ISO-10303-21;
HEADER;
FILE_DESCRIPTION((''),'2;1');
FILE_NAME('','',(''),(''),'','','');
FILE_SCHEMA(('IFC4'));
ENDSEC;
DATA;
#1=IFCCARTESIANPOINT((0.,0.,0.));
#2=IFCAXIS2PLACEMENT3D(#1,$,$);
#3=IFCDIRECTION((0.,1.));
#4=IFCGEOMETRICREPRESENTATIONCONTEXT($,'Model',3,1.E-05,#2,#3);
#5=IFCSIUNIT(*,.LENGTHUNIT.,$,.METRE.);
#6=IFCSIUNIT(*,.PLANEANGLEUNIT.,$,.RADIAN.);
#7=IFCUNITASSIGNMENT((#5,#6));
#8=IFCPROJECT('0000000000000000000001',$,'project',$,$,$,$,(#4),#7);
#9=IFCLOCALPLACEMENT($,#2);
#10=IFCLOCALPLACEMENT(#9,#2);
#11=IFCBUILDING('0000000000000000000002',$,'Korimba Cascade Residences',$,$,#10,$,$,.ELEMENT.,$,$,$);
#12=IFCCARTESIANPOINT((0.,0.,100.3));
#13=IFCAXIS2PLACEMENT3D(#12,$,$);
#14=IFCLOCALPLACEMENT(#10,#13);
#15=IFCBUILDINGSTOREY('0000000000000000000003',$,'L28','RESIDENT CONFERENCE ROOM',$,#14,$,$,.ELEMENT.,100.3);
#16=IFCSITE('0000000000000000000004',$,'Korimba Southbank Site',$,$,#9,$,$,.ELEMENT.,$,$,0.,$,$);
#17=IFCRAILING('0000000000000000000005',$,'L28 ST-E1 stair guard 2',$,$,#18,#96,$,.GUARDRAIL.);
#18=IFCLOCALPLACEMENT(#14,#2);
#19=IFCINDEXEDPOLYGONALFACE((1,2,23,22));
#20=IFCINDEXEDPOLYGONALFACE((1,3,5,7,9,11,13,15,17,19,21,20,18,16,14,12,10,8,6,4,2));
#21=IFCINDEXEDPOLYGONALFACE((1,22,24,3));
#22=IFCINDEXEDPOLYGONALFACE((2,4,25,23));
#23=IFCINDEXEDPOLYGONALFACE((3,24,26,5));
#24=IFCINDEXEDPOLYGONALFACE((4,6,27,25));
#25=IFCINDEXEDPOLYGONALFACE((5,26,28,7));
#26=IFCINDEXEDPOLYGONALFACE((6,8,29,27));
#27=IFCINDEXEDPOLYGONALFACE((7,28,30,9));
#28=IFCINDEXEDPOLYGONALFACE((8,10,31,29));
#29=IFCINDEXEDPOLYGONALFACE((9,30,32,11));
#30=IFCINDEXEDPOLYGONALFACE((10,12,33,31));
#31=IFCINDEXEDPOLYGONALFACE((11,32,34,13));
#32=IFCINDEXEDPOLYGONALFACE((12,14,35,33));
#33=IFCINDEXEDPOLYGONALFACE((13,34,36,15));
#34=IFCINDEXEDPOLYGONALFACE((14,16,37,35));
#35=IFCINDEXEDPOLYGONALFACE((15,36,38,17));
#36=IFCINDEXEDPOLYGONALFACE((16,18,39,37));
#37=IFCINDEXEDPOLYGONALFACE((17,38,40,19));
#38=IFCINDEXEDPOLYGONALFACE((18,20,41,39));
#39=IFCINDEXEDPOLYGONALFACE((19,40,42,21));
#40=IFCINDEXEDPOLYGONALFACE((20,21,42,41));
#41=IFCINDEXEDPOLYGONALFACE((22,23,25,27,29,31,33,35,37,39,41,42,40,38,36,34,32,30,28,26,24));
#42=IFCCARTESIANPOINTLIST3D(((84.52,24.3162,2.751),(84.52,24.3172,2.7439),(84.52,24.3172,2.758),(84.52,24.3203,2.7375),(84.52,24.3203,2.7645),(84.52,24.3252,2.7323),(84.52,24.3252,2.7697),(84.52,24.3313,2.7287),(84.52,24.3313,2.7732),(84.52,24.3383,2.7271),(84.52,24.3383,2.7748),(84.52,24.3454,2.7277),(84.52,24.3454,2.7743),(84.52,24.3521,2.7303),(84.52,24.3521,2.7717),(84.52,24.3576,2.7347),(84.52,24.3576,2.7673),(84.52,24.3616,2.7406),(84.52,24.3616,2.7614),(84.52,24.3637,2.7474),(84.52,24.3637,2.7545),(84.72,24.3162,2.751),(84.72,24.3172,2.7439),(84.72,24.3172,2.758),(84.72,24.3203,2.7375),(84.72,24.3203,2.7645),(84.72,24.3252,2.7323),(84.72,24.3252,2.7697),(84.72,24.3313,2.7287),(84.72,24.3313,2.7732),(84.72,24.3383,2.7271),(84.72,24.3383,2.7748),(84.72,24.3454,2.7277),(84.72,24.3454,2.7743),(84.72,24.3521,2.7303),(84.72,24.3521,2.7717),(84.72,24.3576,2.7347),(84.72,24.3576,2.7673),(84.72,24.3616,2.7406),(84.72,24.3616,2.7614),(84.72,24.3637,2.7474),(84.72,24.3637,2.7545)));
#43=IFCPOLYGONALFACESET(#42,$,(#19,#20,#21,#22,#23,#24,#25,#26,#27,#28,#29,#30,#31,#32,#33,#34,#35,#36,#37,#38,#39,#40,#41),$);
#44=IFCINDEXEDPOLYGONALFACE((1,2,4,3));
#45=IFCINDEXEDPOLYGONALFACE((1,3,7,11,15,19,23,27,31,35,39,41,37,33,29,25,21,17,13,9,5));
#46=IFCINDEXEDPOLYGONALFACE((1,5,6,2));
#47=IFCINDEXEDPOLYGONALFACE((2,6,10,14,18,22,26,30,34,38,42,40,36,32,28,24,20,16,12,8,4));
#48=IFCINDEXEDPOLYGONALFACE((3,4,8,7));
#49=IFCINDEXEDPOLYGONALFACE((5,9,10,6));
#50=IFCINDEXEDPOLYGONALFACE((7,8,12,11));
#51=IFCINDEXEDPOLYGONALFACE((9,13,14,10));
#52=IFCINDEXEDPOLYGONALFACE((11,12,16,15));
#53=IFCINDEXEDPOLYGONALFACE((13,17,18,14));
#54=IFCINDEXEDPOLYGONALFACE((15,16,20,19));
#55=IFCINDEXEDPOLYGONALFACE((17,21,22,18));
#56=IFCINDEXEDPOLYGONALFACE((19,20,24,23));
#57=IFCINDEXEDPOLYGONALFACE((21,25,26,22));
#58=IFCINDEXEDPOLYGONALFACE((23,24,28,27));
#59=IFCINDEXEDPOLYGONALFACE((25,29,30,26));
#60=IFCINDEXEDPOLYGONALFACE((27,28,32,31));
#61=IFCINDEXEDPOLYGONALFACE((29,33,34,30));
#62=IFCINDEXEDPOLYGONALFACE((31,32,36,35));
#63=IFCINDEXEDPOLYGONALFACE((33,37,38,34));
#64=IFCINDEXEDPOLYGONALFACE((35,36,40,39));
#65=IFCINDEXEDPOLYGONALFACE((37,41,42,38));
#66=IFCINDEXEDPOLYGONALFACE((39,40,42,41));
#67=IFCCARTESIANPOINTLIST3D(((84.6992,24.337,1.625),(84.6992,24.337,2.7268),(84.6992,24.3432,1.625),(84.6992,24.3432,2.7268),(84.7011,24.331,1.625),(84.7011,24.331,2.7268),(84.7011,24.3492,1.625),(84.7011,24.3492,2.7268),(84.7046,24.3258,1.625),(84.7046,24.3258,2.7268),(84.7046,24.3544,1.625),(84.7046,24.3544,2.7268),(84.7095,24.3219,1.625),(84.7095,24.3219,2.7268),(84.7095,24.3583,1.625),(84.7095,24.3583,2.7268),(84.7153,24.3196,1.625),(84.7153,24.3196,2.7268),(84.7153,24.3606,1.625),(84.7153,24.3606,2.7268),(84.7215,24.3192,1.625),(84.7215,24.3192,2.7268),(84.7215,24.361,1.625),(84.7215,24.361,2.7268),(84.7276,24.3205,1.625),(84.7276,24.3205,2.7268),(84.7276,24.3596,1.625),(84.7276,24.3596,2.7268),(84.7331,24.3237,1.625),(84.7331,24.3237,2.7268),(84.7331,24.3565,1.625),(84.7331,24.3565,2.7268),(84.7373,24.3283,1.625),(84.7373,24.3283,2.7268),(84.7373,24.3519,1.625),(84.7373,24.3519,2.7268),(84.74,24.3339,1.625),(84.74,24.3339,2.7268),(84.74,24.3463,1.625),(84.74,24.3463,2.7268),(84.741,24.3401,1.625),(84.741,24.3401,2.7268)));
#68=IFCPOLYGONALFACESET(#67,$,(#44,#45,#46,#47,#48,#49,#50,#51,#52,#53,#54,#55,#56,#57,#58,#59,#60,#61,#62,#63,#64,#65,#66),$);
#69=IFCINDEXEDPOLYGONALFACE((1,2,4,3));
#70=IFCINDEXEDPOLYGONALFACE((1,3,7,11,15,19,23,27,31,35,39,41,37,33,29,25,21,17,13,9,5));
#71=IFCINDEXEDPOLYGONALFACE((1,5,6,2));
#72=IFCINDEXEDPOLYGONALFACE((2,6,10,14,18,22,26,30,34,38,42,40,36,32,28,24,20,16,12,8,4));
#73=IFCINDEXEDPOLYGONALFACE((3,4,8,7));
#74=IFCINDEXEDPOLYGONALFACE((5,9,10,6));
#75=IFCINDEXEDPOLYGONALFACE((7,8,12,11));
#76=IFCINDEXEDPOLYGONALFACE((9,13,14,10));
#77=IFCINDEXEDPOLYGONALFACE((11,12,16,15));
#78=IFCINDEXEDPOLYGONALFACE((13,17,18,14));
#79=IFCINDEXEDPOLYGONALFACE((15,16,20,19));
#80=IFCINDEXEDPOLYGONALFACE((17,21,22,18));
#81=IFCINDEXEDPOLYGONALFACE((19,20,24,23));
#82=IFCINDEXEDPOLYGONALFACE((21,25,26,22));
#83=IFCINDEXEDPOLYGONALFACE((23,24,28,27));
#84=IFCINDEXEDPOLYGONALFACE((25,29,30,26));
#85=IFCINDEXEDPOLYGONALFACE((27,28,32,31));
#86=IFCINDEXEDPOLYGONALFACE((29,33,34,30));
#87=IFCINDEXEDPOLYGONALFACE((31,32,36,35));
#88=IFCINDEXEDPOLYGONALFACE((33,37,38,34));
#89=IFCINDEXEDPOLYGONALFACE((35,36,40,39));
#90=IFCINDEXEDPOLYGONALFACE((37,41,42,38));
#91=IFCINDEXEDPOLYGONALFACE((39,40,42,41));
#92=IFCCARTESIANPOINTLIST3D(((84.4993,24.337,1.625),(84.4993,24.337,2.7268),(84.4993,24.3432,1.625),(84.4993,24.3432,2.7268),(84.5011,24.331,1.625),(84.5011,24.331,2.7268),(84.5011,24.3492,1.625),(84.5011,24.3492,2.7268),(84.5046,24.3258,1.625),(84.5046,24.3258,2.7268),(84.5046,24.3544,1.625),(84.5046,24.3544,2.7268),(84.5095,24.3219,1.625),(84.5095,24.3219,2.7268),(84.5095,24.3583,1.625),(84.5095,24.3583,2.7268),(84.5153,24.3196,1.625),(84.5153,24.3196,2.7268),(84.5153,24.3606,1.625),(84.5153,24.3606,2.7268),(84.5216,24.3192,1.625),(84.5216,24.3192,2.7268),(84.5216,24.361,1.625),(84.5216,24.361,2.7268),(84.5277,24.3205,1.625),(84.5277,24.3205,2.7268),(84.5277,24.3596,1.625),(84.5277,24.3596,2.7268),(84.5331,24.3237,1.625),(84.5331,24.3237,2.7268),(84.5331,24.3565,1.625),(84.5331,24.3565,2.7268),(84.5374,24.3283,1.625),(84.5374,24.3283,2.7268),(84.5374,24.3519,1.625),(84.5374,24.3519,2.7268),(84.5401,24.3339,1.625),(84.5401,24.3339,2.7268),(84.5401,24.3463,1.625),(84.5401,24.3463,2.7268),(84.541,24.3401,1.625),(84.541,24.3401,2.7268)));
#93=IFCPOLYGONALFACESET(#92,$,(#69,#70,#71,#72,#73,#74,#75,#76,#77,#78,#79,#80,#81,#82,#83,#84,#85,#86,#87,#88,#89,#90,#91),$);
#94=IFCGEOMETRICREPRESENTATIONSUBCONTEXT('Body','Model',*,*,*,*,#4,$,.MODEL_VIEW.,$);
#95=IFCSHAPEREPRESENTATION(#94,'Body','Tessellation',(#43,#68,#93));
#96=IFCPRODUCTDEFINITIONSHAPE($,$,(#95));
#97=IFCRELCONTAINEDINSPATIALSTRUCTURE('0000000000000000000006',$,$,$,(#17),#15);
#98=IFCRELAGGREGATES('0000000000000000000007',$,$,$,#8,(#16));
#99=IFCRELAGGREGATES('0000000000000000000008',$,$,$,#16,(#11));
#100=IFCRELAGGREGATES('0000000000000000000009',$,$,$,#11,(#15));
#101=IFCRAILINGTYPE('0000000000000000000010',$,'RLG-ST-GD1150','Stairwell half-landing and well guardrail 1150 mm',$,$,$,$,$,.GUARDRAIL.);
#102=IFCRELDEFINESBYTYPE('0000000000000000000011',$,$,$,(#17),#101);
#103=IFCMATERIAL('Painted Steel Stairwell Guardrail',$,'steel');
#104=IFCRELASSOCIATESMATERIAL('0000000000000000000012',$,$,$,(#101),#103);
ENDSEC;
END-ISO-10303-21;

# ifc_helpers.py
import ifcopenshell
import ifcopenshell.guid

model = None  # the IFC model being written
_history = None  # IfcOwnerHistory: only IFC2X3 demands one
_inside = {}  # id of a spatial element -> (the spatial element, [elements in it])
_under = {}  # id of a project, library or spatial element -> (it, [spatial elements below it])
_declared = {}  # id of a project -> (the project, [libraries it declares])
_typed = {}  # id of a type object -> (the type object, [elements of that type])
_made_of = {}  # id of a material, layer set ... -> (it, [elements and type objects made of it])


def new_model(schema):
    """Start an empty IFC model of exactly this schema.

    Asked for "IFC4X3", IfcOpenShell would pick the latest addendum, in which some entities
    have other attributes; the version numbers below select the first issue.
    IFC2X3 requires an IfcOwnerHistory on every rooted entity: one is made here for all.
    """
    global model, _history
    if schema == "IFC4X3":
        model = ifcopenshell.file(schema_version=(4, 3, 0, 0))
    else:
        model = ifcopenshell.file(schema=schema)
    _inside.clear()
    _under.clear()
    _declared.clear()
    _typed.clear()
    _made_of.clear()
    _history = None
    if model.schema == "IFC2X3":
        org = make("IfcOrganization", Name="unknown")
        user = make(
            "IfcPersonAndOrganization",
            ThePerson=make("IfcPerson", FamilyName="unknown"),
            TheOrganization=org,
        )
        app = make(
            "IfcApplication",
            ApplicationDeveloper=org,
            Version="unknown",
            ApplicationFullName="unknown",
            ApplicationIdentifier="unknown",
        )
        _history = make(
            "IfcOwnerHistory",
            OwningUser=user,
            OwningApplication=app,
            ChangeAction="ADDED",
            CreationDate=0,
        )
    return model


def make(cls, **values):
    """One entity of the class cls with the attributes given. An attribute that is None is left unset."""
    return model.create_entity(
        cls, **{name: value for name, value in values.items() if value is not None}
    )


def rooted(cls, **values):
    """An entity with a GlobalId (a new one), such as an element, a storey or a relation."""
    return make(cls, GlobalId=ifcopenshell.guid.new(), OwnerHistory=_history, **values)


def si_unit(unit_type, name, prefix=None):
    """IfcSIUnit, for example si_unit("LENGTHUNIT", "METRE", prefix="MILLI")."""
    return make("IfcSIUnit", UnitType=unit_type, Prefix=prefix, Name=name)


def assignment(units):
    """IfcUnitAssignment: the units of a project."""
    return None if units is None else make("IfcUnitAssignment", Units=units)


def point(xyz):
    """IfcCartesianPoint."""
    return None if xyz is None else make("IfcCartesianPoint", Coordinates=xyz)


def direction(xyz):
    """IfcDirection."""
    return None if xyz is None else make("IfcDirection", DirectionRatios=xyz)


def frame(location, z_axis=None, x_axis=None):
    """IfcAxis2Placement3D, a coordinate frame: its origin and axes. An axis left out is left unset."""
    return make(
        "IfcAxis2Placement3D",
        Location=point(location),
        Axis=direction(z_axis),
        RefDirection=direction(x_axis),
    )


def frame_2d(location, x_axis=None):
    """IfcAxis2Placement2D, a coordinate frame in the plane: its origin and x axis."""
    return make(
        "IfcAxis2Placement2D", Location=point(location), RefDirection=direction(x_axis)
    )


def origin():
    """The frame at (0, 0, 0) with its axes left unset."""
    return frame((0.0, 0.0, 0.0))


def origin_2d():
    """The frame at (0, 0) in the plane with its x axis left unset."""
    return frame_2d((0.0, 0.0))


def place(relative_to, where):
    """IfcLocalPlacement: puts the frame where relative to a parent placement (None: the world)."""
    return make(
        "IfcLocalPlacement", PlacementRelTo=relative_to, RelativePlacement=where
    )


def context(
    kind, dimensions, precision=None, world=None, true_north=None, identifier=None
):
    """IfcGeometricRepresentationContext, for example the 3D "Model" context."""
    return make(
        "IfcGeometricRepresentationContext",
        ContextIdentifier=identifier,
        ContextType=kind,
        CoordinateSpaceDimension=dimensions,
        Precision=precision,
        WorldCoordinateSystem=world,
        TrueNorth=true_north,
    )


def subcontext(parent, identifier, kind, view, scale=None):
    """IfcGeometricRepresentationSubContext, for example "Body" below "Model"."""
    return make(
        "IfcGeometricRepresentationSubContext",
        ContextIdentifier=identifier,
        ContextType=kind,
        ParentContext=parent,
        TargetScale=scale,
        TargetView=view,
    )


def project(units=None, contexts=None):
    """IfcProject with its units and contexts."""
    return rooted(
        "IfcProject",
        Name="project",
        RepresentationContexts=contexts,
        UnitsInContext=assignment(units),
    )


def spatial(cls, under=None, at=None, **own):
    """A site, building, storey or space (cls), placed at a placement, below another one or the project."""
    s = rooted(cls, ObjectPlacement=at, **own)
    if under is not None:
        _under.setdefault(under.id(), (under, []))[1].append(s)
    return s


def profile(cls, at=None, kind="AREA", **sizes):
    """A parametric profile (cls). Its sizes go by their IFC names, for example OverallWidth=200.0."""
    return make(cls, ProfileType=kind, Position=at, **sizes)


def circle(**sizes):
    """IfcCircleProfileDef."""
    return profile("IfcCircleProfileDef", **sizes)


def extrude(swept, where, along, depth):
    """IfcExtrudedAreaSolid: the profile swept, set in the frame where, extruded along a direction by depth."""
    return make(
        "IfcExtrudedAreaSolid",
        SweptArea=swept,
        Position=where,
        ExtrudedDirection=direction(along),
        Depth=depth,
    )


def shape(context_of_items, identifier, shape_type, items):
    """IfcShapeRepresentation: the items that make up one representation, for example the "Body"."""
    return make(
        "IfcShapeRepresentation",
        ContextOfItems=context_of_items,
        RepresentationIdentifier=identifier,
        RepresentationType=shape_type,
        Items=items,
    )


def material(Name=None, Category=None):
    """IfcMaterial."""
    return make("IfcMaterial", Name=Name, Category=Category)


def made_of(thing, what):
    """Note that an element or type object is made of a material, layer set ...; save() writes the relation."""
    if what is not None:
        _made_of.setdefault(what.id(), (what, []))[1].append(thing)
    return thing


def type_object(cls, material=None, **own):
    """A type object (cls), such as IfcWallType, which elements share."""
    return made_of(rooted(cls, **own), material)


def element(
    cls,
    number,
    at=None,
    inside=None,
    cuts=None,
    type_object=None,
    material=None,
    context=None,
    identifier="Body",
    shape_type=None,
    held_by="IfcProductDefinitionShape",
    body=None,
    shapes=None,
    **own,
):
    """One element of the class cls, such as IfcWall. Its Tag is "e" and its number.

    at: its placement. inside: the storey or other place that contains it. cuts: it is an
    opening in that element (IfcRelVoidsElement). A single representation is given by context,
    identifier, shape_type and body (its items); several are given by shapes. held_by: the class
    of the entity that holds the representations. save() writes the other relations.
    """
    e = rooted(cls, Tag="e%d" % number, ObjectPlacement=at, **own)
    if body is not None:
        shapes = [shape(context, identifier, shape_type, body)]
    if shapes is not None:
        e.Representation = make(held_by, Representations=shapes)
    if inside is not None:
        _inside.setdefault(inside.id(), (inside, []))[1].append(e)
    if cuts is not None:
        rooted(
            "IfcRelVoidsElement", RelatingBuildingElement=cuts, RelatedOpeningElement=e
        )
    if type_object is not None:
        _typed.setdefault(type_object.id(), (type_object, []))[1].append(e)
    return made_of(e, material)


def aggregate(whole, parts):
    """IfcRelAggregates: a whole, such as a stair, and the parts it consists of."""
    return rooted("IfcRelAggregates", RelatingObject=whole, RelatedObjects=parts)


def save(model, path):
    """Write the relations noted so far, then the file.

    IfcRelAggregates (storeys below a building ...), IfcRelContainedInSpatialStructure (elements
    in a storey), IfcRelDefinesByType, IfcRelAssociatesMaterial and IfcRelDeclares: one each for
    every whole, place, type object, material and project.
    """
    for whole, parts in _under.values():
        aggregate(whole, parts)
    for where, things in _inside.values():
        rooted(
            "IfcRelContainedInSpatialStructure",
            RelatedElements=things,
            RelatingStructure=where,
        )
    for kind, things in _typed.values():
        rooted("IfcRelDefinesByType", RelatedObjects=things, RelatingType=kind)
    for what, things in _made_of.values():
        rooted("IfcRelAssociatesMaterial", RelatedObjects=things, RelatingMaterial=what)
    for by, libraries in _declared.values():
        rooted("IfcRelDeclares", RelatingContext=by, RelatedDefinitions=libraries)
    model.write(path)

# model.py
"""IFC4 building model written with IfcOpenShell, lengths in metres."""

from ifc_helpers import new_model, si_unit, direction, frame, origin, origin_2d, place, context, subcontext, project, spatial, circle, extrude, material, type_object, element, save


model = new_model("IFC4")

# Units and contexts
model_context = context("Model", 3, precision=1e-05, world=origin(), true_north=direction((0.0, 1.0)))
body_context = subcontext(model_context, "Body", "Model", "MODEL_VIEW")
ifc_project = project(units=[si_unit("LENGTHUNIT", "METRE"), si_unit("PLANEANGLEUNIT", "RADIAN")], contexts=[model_context])

# Site, building, storey
site_placement = place(None, origin())
site = spatial("IfcSite", under=ifc_project, at=site_placement, Name="Korimba Southbank Site", CompositionType="ELEMENT", RefElevation=0.0)
building_placement = place(site_placement, origin())
building = spatial("IfcBuilding", under=site, at=building_placement, Name="Korimba Cascade Residences", CompositionType="ELEMENT")
storey_placement = place(building_placement, frame((0.0, 0.0, 100.3)))
storey = spatial("IfcBuildingStorey", under=building, at=storey_placement, Name="L28", Description="RESIDENT CONFERENCE ROOM", CompositionType="ELEMENT", Elevation=100.3)

# Railing
ifc_material_1 = material(Name="Painted Steel Stairwell Guardrail", Category="steel")
railing_type_1 = type_object("IfcRailingType", Name="RLG-ST-GD1150", Description="Stairwell half-landing and well guardrail 1150 mm", PredefinedType="GUARDRAIL", material=ifc_material_1)
railing_1_placement = place(storey_placement, frame((84.72, 24.3401, 1.625)))
element("IfcRailing", 1, at=railing_1_placement, inside=storey, type_object=railing_type_1, Name="L28 ST-E1 stair guard 2", PredefinedType="GUARDRAIL", context=body_context, shape_type="SweptSolid", body=[
    extrude(circle(Radius=0.0239, at=origin_2d()), frame((0.0, 0.0, 1.126), z_axis=(-1.0, 0.0, 0.0), x_axis=(0.0, -1.0, 0.0)), (0.0, 0.0, 1.0), 0.2),
    extrude(circle(Radius=0.021, at=origin_2d()), origin(), (0.0, 0.0, 1.0), 1.1018),
    extrude(circle(Radius=0.021, at=origin_2d()), frame((-0.2, 0.0, 0.0)), (0.0, 0.0, 1.0), 1.1018),
])

save(model, "model.ifc")
